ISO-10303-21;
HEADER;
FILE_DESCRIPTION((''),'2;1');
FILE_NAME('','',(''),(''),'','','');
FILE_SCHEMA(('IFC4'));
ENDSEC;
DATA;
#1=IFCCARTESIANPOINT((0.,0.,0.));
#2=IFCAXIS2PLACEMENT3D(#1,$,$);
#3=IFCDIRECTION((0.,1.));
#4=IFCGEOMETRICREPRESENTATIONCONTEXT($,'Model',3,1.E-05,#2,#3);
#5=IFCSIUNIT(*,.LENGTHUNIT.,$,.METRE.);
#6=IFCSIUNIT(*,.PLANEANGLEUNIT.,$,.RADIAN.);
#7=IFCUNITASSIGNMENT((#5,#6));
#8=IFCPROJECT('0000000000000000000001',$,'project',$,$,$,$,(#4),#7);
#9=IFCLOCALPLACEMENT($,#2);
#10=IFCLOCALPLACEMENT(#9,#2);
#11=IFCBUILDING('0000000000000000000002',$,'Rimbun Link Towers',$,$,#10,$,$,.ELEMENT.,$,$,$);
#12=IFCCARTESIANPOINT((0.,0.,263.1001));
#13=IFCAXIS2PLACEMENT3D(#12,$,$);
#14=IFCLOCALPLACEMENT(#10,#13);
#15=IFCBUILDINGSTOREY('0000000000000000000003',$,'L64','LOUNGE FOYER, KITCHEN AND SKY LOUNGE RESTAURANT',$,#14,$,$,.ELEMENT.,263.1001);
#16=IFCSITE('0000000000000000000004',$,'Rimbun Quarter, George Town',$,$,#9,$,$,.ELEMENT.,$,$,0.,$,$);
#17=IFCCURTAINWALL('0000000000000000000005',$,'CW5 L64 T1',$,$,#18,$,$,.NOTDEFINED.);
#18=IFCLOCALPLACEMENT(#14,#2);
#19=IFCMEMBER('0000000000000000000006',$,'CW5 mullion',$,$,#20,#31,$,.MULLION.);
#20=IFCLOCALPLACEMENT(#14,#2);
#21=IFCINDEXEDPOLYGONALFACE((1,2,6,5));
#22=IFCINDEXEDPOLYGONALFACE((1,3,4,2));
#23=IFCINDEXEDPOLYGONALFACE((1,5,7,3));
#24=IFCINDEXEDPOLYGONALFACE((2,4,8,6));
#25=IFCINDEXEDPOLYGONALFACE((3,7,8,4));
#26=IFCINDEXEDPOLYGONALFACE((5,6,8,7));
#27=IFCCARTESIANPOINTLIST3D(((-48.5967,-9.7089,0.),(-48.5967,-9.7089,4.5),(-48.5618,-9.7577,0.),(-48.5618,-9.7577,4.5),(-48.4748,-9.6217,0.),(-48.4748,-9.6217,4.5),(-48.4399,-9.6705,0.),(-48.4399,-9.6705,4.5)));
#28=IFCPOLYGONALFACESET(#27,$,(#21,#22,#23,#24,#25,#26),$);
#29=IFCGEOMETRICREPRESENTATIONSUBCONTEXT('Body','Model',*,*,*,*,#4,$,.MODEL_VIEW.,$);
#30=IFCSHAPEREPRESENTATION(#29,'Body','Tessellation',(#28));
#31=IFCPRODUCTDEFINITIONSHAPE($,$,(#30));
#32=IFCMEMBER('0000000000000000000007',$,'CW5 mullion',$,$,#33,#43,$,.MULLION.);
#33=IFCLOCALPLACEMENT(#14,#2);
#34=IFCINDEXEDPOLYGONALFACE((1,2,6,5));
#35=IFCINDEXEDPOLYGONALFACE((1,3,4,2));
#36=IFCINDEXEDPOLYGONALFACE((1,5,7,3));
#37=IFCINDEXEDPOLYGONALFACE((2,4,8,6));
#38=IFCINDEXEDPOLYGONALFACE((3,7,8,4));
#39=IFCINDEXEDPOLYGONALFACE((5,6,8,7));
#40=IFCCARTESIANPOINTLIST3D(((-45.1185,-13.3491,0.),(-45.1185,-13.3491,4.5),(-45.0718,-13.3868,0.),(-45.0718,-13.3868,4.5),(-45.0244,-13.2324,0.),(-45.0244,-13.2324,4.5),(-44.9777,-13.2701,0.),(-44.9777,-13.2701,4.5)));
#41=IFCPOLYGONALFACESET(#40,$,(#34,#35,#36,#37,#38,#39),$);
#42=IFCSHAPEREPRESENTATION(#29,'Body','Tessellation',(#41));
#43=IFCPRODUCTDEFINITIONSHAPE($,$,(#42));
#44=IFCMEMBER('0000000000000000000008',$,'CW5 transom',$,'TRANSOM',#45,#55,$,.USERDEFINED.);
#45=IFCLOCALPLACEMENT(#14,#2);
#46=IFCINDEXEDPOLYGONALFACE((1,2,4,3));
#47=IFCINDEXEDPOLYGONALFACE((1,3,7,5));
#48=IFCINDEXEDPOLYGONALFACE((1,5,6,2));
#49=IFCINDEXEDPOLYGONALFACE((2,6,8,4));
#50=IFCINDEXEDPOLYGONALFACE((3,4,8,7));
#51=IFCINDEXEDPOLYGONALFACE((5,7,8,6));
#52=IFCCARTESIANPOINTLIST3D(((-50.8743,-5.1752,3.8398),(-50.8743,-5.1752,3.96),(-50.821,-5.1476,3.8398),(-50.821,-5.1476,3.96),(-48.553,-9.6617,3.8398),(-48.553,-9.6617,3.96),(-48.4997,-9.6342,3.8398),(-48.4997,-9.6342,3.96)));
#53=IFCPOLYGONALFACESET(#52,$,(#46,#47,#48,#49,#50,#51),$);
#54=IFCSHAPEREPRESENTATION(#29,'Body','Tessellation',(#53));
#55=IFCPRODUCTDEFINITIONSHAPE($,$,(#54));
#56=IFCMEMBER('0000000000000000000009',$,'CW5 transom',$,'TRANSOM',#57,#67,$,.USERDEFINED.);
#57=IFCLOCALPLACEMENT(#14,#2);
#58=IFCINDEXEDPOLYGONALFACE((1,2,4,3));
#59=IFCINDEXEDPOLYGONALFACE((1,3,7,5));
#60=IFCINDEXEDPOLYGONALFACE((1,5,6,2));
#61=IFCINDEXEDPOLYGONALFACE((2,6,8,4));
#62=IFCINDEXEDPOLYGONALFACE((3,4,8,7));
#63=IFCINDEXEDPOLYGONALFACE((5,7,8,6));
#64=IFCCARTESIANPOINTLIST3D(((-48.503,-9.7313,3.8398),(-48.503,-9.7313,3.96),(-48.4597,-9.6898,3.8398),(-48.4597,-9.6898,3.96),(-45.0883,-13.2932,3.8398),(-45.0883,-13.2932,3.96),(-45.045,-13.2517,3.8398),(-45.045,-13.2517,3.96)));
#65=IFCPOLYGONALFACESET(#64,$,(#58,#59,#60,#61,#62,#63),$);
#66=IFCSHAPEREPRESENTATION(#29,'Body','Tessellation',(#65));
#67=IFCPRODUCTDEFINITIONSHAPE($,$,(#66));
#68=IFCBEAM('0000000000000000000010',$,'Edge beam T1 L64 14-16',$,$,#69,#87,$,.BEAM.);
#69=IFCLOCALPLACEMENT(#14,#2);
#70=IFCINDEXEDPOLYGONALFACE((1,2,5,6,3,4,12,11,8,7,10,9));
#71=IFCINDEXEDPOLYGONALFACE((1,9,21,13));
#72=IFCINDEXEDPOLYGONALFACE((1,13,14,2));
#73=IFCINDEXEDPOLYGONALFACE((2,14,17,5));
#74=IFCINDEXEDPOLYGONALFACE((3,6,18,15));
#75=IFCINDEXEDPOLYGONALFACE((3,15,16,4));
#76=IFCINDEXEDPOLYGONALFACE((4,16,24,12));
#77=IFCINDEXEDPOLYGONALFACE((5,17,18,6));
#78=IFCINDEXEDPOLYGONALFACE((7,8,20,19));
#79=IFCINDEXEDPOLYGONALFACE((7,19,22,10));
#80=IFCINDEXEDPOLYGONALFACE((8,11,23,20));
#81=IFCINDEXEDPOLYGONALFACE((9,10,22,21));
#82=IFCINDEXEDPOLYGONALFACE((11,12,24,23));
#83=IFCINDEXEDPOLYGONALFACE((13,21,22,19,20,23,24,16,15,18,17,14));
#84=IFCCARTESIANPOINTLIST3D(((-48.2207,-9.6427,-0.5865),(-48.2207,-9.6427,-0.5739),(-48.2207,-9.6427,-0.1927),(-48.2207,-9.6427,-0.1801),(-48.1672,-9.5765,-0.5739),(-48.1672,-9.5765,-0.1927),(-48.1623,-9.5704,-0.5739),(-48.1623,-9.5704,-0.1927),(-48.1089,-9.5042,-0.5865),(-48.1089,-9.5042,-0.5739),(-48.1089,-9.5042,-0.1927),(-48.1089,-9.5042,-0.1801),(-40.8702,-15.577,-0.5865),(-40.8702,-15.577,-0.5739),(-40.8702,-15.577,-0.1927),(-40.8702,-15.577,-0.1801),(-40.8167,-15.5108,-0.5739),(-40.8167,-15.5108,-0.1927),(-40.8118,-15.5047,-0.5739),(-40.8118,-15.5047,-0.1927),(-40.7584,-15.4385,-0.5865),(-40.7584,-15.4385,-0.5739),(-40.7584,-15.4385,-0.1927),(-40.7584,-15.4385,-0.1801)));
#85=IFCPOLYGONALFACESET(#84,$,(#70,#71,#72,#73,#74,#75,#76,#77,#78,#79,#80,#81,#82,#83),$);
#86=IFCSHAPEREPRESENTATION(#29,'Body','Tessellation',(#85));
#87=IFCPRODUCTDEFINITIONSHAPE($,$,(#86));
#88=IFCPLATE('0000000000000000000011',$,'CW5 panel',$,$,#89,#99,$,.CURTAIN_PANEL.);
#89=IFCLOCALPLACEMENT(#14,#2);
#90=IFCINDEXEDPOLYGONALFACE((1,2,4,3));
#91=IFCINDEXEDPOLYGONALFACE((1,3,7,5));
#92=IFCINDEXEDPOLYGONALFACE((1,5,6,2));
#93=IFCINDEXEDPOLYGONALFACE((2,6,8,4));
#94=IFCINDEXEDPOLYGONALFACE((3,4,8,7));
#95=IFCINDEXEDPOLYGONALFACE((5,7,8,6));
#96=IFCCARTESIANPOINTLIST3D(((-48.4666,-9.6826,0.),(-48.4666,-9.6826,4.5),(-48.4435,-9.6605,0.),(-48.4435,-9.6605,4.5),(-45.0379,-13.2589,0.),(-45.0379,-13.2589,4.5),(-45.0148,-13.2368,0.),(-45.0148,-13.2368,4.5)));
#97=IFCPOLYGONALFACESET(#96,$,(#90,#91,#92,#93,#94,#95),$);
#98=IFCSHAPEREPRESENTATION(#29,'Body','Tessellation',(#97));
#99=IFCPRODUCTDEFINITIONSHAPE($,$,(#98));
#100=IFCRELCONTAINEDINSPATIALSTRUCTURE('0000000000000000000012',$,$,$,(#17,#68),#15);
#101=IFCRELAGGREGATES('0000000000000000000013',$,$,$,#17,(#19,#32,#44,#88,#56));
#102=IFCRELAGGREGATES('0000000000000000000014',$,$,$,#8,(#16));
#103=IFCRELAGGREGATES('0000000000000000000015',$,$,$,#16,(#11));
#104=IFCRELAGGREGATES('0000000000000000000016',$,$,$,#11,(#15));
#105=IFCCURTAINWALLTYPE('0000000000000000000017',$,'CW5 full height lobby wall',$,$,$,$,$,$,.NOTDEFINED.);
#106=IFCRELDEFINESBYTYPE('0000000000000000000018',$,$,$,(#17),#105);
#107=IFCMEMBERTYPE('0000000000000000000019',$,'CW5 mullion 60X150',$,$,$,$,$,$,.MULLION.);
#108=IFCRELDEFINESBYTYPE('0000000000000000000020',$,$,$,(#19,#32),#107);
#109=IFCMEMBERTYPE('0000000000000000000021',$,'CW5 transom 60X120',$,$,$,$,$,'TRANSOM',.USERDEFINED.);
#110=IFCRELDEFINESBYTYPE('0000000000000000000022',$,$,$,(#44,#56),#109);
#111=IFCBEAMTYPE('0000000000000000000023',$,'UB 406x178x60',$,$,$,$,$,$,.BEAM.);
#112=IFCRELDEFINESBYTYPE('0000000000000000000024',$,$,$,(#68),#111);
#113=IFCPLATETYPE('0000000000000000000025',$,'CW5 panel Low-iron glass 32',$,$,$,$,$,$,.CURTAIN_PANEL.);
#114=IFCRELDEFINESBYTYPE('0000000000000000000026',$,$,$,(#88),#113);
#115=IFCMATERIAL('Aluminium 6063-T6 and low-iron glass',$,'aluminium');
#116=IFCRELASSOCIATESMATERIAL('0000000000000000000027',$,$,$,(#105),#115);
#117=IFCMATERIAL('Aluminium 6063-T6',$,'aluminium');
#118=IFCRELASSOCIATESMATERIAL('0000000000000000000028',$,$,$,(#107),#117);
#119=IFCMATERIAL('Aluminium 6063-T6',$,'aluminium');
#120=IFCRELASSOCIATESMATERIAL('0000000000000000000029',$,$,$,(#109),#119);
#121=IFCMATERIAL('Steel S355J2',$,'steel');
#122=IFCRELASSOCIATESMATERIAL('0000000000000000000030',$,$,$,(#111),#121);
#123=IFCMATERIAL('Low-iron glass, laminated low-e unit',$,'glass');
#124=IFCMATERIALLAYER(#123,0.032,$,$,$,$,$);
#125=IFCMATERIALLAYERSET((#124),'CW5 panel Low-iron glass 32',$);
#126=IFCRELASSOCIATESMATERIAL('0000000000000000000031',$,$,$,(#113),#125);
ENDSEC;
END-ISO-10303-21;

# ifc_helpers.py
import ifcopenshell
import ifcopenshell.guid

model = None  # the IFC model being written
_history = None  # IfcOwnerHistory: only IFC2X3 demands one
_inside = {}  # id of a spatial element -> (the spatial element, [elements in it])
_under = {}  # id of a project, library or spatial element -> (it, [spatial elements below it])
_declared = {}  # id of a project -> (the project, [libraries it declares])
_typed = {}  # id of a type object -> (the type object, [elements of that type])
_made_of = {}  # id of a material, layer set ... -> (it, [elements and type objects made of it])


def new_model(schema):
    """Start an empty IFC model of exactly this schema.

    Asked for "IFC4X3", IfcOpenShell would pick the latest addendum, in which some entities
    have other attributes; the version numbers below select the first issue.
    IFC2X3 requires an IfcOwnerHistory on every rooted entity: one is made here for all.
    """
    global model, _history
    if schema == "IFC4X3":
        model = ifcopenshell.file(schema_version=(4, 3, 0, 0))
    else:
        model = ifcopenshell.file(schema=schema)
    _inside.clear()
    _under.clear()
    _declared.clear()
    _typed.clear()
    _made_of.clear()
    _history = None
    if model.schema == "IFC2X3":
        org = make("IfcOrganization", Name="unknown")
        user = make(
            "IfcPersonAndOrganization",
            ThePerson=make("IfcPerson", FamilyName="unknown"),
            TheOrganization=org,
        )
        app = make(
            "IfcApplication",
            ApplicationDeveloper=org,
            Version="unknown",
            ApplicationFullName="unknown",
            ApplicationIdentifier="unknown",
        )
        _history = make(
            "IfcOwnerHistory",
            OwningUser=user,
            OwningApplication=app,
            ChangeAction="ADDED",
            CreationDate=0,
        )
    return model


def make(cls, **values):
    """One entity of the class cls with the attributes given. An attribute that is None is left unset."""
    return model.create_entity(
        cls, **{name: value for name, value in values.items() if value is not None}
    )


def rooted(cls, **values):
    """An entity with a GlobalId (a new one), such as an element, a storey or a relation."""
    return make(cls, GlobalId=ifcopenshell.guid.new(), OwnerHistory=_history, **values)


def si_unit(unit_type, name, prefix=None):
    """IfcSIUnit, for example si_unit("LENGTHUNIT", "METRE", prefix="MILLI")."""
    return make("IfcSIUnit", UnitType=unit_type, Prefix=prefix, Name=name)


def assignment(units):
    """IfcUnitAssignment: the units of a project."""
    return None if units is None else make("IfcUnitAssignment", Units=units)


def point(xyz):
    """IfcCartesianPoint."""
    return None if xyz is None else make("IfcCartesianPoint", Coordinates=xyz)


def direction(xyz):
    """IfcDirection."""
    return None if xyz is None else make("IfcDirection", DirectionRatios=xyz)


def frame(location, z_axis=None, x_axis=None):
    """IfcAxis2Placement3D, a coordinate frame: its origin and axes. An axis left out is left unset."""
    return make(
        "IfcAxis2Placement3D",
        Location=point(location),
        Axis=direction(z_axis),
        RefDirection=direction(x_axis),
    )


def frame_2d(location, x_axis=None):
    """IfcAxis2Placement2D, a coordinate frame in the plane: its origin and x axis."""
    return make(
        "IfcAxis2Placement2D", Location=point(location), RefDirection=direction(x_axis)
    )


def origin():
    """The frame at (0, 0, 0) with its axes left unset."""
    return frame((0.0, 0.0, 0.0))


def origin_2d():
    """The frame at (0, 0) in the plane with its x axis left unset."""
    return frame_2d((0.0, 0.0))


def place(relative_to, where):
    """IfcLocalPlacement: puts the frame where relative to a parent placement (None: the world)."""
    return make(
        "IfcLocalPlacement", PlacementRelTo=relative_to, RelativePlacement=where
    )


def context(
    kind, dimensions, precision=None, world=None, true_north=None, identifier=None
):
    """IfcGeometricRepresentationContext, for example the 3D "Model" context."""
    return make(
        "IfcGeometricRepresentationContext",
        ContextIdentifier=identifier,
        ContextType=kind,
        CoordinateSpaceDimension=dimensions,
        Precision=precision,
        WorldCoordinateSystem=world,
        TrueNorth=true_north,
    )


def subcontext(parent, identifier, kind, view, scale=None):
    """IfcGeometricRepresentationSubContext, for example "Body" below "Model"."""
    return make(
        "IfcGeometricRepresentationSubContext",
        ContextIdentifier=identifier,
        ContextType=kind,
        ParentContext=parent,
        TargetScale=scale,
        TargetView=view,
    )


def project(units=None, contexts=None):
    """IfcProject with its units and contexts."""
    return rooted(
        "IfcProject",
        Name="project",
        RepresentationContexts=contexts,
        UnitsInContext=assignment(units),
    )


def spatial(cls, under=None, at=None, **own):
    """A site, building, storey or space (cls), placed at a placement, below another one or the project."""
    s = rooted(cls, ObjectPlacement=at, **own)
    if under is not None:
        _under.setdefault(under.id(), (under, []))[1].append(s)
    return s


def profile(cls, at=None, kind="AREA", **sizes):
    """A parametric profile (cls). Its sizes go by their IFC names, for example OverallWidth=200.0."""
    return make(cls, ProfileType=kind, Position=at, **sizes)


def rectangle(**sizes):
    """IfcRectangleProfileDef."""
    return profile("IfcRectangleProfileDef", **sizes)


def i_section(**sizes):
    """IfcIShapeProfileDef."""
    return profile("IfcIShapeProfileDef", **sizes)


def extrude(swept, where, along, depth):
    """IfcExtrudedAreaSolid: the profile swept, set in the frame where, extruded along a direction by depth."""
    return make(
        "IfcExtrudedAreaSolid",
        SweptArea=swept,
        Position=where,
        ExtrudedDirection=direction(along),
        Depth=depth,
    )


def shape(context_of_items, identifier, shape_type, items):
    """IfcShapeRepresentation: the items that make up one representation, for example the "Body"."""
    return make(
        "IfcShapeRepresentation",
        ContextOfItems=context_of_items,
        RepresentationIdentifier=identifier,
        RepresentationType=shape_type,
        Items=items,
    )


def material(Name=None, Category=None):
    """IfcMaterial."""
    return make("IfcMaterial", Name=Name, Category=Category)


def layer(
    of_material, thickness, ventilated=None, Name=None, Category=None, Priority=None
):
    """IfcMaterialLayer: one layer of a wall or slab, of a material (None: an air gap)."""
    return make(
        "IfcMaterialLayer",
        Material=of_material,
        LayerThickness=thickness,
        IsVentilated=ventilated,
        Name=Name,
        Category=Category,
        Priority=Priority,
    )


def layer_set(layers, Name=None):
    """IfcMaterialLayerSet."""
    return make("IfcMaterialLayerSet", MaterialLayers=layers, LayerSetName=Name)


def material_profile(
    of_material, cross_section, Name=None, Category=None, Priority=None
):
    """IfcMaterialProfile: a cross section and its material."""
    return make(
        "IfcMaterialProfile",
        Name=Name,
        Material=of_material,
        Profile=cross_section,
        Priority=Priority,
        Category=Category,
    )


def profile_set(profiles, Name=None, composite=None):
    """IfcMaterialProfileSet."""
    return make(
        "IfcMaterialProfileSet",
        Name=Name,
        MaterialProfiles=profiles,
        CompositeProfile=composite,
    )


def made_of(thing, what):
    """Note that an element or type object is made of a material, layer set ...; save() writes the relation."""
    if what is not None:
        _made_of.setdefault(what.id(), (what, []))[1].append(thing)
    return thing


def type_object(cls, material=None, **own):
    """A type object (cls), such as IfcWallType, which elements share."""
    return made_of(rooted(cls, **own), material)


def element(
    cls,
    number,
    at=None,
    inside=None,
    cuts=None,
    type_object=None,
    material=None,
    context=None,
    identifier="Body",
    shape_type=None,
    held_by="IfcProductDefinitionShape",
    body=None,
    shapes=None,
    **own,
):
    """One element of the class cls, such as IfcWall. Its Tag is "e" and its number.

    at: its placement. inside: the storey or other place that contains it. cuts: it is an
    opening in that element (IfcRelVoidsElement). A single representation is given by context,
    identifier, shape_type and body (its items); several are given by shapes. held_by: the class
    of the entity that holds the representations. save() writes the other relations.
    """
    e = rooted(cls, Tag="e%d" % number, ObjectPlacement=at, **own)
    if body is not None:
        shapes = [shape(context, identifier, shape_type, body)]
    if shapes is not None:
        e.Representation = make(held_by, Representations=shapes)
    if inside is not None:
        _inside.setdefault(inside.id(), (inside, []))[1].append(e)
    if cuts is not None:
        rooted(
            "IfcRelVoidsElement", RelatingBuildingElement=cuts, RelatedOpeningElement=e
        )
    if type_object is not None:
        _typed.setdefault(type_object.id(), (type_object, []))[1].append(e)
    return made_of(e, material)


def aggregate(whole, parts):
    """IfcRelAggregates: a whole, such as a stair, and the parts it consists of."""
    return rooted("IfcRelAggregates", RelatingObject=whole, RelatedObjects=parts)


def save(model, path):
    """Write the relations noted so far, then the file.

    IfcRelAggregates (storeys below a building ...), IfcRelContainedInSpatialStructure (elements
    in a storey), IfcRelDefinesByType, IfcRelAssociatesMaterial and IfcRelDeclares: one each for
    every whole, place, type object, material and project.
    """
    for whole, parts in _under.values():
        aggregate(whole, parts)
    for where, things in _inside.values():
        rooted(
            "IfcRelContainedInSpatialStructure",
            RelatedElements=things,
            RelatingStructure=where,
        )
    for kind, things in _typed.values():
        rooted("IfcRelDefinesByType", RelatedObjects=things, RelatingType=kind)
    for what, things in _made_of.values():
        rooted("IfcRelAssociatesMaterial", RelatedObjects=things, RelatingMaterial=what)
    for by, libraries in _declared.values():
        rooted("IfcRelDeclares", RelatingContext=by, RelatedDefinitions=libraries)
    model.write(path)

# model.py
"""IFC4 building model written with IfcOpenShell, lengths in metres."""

from ifc_helpers import new_model, si_unit, direction, frame, origin, origin_2d, place, context, subcontext, project, spatial, rectangle, i_section, extrude, material, layer, layer_set, material_profile, profile_set, type_object, element, aggregate, save


model = new_model("IFC4")

# Units and contexts
model_context = context("Model", 3, precision=1e-05, world=origin(), true_north=direction((0.0, 1.0)))
body_context = subcontext(model_context, "Body", "Model", "MODEL_VIEW")
ifc_project = project(units=[si_unit("LENGTHUNIT", "METRE"), si_unit("PLANEANGLEUNIT", "RADIAN")], contexts=[model_context])

# Site, building, storey
site_placement = place(None, origin())
site = spatial("IfcSite", under=ifc_project, at=site_placement, Name="Rimbun Quarter, George Town", CompositionType="ELEMENT", RefElevation=0.0)
building_placement = place(site_placement, origin())
building = spatial("IfcBuilding", under=site, at=building_placement, Name="Rimbun Link Towers", CompositionType="ELEMENT")
storey_placement = place(building_placement, frame((0.0, 0.0, 263.1001)))
storey = spatial("IfcBuildingStorey", under=building, at=storey_placement, Name="L64", Description="LOUNGE FOYER, KITCHEN AND SKY LOUNGE RESTAURANT", CompositionType="ELEMENT", Elevation=263.1001)

# Curtain wall, members
ifc_material_1 = material(Name="Aluminium 6063-T6 and low-iron glass", Category="aluminium")
curtain_wall_type = type_object("IfcCurtainWallType", Name="CW5 full height lobby wall", PredefinedType="NOTDEFINED", material=ifc_material_1)
curtain_wall_placement = place(storey_placement, origin())
curtain_wall = element("IfcCurtainWall", 1, at=curtain_wall_placement, inside=storey, type_object=curtain_wall_type, Name="CW5 L64 T1", PredefinedType="NOTDEFINED")
ifc_material_2 = material(Name="Aluminium 6063-T6", Category="aluminium")
ifc_material_profile_1 = material_profile(ifc_material_2, rectangle(XDim=0.1499, YDim=0.0601, at=origin_2d()), Name="MULLION 60X150")
ifc_profile_set_1 = profile_set([ifc_material_profile_1], Name="Aluminium 6063-T6")
member_type_1 = type_object("IfcMemberType", Name="CW5 mullion 60X150", PredefinedType="MULLION", material=ifc_profile_set_1)
member_1_placement = place(storey_placement, frame((-48.5183, -9.6897, 0.0), z_axis=(0.0, 0.0, 1.0), x_axis=(-0.81335, -0.581775, 0.0)))
member_1 = element("IfcMember", 2, at=member_1_placement, type_object=member_type_1, Name="CW5 mullion", PredefinedType="MULLION", context=body_context, shape_type="SweptSolid", body=[
    extrude(rectangle(XDim=0.1499, YDim=0.0601, at=origin_2d()), origin(), (0.0, 0.0, 1.0), 4.5),
])
member_2_placement = place(storey_placement, frame((-45.0481, -13.3096, 0.0), z_axis=(0.0, 0.0, 1.0), x_axis=(-0.627674, -0.778476, 0.0)))
member_2 = element("IfcMember", 3, at=member_2_placement, type_object=member_type_1, Name="CW5 mullion", PredefinedType="MULLION", context=body_context, shape_type="SweptSolid", body=[
    extrude(rectangle(XDim=0.1499, YDim=0.0601, at=origin_2d()), origin(), (0.0, 0.0, 1.0), 4.5),
])
ifc_material_3 = material(Name="Aluminium 6063-T6", Category="aluminium")
ifc_material_profile_2 = material_profile(ifc_material_3, rectangle(XDim=0.0601, YDim=0.1201, at=origin_2d()), Name="TRANSOM 60X120")
ifc_profile_set_2 = profile_set([ifc_material_profile_2], Name="Aluminium 6063-T6")
member_type_2 = type_object("IfcMemberType", Name="CW5 transom 60X120", ElementType="TRANSOM", PredefinedType="USERDEFINED", material=ifc_profile_set_2)
member_3_placement = place(storey_placement, frame((-48.5264, -9.6479, 3.8999), z_axis=(-0.459524, 0.888165, 0.0), x_axis=(-0.888165, -0.459524, 0.0)))
member_3 = element("IfcMember", 4, at=member_3_placement, type_object=member_type_2, Name="CW5 transom", ObjectType="TRANSOM", PredefinedType="USERDEFINED", context=body_context, shape_type="SweptSolid", body=[
    extrude(rectangle(XDim=0.0601, YDim=0.1201, at=origin_2d()), origin(), (0.0, 0.0, 1.0), 5.0515),
])
member_4_placement = place(storey_placement, frame((-45.0667, -13.2725, 3.8999), z_axis=(-0.692032, 0.721867, 0.0), x_axis=(-0.721867, -0.692032, 0.0)))
member_4 = element("IfcMember", 5, at=member_4_placement, type_object=member_type_2, Name="CW5 transom", ObjectType="TRANSOM", PredefinedType="USERDEFINED", context=body_context, shape_type="SweptSolid", body=[
    extrude(rectangle(XDim=0.0601, YDim=0.1201, at=origin_2d()), origin(), (0.0, 0.0, 1.0), 4.9343),
])

# Beam
ifc_material_4 = material(Name="Steel S355J2", Category="steel")
ifc_material_profile_3 = material_profile(ifc_material_4, i_section(OverallWidth=0.178, OverallDepth=0.4065, WebThickness=0.0078, FlangeThickness=0.0127, at=origin_2d()), Name="UB 406x178x60")
ifc_profile_set_3 = profile_set([ifc_material_profile_3], Name="Steel S355J2")
beam_type = type_object("IfcBeamType", Name="UB 406x178x60", PredefinedType="BEAM", material=ifc_profile_set_3)
beam_placement = place(storey_placement, frame((-48.1648, -9.5735, -0.3833), z_axis=(0.77808, -0.628165, 0.0), x_axis=(0.628165, 0.77808, 0.0)))
element("IfcBeam", 6, at=beam_placement, inside=storey, type_object=beam_type, Name="Edge beam T1 L64 14-16", PredefinedType="BEAM", context=body_context, shape_type="SweptSolid", body=[
    extrude(i_section(OverallWidth=0.178, OverallDepth=0.4065, WebThickness=0.0078, FlangeThickness=0.0127, at=origin_2d()), origin(), (0.0, 0.0, 1.0), 9.447),
])

# Plate
ifc_material_5 = material(Name="Low-iron glass, laminated low-e unit", Category="glass")
ifc_layer_1 = layer(ifc_material_5, 0.032)
ifc_layer_set_1 = layer_set([ifc_layer_1], Name="CW5 panel Low-iron glass 32")
plate_type = type_object("IfcPlateType", Name="CW5 panel Low-iron glass 32", PredefinedType="CURTAIN_PANEL", material=ifc_layer_set_1)
plate_placement = place(storey_placement, frame((-46.7407, -11.4597, 0.0), z_axis=(0.0, 0.0, 1.0), x_axis=(-0.692053, 0.721847, 0.0)))
plate = element("IfcPlate", 7, at=plate_placement, type_object=plate_type, Name="CW5 panel", PredefinedType="CURTAIN_PANEL", context=body_context, shape_type="SweptSolid", body=[
    extrude(rectangle(XDim=4.9543, YDim=0.032, at=origin_2d()), origin(), (0.0, 0.0, 1.0), 4.5),
])
aggregate(curtain_wall, [member_1, member_2, member_3, plate, member_4])

save(model, "model.ifc")
